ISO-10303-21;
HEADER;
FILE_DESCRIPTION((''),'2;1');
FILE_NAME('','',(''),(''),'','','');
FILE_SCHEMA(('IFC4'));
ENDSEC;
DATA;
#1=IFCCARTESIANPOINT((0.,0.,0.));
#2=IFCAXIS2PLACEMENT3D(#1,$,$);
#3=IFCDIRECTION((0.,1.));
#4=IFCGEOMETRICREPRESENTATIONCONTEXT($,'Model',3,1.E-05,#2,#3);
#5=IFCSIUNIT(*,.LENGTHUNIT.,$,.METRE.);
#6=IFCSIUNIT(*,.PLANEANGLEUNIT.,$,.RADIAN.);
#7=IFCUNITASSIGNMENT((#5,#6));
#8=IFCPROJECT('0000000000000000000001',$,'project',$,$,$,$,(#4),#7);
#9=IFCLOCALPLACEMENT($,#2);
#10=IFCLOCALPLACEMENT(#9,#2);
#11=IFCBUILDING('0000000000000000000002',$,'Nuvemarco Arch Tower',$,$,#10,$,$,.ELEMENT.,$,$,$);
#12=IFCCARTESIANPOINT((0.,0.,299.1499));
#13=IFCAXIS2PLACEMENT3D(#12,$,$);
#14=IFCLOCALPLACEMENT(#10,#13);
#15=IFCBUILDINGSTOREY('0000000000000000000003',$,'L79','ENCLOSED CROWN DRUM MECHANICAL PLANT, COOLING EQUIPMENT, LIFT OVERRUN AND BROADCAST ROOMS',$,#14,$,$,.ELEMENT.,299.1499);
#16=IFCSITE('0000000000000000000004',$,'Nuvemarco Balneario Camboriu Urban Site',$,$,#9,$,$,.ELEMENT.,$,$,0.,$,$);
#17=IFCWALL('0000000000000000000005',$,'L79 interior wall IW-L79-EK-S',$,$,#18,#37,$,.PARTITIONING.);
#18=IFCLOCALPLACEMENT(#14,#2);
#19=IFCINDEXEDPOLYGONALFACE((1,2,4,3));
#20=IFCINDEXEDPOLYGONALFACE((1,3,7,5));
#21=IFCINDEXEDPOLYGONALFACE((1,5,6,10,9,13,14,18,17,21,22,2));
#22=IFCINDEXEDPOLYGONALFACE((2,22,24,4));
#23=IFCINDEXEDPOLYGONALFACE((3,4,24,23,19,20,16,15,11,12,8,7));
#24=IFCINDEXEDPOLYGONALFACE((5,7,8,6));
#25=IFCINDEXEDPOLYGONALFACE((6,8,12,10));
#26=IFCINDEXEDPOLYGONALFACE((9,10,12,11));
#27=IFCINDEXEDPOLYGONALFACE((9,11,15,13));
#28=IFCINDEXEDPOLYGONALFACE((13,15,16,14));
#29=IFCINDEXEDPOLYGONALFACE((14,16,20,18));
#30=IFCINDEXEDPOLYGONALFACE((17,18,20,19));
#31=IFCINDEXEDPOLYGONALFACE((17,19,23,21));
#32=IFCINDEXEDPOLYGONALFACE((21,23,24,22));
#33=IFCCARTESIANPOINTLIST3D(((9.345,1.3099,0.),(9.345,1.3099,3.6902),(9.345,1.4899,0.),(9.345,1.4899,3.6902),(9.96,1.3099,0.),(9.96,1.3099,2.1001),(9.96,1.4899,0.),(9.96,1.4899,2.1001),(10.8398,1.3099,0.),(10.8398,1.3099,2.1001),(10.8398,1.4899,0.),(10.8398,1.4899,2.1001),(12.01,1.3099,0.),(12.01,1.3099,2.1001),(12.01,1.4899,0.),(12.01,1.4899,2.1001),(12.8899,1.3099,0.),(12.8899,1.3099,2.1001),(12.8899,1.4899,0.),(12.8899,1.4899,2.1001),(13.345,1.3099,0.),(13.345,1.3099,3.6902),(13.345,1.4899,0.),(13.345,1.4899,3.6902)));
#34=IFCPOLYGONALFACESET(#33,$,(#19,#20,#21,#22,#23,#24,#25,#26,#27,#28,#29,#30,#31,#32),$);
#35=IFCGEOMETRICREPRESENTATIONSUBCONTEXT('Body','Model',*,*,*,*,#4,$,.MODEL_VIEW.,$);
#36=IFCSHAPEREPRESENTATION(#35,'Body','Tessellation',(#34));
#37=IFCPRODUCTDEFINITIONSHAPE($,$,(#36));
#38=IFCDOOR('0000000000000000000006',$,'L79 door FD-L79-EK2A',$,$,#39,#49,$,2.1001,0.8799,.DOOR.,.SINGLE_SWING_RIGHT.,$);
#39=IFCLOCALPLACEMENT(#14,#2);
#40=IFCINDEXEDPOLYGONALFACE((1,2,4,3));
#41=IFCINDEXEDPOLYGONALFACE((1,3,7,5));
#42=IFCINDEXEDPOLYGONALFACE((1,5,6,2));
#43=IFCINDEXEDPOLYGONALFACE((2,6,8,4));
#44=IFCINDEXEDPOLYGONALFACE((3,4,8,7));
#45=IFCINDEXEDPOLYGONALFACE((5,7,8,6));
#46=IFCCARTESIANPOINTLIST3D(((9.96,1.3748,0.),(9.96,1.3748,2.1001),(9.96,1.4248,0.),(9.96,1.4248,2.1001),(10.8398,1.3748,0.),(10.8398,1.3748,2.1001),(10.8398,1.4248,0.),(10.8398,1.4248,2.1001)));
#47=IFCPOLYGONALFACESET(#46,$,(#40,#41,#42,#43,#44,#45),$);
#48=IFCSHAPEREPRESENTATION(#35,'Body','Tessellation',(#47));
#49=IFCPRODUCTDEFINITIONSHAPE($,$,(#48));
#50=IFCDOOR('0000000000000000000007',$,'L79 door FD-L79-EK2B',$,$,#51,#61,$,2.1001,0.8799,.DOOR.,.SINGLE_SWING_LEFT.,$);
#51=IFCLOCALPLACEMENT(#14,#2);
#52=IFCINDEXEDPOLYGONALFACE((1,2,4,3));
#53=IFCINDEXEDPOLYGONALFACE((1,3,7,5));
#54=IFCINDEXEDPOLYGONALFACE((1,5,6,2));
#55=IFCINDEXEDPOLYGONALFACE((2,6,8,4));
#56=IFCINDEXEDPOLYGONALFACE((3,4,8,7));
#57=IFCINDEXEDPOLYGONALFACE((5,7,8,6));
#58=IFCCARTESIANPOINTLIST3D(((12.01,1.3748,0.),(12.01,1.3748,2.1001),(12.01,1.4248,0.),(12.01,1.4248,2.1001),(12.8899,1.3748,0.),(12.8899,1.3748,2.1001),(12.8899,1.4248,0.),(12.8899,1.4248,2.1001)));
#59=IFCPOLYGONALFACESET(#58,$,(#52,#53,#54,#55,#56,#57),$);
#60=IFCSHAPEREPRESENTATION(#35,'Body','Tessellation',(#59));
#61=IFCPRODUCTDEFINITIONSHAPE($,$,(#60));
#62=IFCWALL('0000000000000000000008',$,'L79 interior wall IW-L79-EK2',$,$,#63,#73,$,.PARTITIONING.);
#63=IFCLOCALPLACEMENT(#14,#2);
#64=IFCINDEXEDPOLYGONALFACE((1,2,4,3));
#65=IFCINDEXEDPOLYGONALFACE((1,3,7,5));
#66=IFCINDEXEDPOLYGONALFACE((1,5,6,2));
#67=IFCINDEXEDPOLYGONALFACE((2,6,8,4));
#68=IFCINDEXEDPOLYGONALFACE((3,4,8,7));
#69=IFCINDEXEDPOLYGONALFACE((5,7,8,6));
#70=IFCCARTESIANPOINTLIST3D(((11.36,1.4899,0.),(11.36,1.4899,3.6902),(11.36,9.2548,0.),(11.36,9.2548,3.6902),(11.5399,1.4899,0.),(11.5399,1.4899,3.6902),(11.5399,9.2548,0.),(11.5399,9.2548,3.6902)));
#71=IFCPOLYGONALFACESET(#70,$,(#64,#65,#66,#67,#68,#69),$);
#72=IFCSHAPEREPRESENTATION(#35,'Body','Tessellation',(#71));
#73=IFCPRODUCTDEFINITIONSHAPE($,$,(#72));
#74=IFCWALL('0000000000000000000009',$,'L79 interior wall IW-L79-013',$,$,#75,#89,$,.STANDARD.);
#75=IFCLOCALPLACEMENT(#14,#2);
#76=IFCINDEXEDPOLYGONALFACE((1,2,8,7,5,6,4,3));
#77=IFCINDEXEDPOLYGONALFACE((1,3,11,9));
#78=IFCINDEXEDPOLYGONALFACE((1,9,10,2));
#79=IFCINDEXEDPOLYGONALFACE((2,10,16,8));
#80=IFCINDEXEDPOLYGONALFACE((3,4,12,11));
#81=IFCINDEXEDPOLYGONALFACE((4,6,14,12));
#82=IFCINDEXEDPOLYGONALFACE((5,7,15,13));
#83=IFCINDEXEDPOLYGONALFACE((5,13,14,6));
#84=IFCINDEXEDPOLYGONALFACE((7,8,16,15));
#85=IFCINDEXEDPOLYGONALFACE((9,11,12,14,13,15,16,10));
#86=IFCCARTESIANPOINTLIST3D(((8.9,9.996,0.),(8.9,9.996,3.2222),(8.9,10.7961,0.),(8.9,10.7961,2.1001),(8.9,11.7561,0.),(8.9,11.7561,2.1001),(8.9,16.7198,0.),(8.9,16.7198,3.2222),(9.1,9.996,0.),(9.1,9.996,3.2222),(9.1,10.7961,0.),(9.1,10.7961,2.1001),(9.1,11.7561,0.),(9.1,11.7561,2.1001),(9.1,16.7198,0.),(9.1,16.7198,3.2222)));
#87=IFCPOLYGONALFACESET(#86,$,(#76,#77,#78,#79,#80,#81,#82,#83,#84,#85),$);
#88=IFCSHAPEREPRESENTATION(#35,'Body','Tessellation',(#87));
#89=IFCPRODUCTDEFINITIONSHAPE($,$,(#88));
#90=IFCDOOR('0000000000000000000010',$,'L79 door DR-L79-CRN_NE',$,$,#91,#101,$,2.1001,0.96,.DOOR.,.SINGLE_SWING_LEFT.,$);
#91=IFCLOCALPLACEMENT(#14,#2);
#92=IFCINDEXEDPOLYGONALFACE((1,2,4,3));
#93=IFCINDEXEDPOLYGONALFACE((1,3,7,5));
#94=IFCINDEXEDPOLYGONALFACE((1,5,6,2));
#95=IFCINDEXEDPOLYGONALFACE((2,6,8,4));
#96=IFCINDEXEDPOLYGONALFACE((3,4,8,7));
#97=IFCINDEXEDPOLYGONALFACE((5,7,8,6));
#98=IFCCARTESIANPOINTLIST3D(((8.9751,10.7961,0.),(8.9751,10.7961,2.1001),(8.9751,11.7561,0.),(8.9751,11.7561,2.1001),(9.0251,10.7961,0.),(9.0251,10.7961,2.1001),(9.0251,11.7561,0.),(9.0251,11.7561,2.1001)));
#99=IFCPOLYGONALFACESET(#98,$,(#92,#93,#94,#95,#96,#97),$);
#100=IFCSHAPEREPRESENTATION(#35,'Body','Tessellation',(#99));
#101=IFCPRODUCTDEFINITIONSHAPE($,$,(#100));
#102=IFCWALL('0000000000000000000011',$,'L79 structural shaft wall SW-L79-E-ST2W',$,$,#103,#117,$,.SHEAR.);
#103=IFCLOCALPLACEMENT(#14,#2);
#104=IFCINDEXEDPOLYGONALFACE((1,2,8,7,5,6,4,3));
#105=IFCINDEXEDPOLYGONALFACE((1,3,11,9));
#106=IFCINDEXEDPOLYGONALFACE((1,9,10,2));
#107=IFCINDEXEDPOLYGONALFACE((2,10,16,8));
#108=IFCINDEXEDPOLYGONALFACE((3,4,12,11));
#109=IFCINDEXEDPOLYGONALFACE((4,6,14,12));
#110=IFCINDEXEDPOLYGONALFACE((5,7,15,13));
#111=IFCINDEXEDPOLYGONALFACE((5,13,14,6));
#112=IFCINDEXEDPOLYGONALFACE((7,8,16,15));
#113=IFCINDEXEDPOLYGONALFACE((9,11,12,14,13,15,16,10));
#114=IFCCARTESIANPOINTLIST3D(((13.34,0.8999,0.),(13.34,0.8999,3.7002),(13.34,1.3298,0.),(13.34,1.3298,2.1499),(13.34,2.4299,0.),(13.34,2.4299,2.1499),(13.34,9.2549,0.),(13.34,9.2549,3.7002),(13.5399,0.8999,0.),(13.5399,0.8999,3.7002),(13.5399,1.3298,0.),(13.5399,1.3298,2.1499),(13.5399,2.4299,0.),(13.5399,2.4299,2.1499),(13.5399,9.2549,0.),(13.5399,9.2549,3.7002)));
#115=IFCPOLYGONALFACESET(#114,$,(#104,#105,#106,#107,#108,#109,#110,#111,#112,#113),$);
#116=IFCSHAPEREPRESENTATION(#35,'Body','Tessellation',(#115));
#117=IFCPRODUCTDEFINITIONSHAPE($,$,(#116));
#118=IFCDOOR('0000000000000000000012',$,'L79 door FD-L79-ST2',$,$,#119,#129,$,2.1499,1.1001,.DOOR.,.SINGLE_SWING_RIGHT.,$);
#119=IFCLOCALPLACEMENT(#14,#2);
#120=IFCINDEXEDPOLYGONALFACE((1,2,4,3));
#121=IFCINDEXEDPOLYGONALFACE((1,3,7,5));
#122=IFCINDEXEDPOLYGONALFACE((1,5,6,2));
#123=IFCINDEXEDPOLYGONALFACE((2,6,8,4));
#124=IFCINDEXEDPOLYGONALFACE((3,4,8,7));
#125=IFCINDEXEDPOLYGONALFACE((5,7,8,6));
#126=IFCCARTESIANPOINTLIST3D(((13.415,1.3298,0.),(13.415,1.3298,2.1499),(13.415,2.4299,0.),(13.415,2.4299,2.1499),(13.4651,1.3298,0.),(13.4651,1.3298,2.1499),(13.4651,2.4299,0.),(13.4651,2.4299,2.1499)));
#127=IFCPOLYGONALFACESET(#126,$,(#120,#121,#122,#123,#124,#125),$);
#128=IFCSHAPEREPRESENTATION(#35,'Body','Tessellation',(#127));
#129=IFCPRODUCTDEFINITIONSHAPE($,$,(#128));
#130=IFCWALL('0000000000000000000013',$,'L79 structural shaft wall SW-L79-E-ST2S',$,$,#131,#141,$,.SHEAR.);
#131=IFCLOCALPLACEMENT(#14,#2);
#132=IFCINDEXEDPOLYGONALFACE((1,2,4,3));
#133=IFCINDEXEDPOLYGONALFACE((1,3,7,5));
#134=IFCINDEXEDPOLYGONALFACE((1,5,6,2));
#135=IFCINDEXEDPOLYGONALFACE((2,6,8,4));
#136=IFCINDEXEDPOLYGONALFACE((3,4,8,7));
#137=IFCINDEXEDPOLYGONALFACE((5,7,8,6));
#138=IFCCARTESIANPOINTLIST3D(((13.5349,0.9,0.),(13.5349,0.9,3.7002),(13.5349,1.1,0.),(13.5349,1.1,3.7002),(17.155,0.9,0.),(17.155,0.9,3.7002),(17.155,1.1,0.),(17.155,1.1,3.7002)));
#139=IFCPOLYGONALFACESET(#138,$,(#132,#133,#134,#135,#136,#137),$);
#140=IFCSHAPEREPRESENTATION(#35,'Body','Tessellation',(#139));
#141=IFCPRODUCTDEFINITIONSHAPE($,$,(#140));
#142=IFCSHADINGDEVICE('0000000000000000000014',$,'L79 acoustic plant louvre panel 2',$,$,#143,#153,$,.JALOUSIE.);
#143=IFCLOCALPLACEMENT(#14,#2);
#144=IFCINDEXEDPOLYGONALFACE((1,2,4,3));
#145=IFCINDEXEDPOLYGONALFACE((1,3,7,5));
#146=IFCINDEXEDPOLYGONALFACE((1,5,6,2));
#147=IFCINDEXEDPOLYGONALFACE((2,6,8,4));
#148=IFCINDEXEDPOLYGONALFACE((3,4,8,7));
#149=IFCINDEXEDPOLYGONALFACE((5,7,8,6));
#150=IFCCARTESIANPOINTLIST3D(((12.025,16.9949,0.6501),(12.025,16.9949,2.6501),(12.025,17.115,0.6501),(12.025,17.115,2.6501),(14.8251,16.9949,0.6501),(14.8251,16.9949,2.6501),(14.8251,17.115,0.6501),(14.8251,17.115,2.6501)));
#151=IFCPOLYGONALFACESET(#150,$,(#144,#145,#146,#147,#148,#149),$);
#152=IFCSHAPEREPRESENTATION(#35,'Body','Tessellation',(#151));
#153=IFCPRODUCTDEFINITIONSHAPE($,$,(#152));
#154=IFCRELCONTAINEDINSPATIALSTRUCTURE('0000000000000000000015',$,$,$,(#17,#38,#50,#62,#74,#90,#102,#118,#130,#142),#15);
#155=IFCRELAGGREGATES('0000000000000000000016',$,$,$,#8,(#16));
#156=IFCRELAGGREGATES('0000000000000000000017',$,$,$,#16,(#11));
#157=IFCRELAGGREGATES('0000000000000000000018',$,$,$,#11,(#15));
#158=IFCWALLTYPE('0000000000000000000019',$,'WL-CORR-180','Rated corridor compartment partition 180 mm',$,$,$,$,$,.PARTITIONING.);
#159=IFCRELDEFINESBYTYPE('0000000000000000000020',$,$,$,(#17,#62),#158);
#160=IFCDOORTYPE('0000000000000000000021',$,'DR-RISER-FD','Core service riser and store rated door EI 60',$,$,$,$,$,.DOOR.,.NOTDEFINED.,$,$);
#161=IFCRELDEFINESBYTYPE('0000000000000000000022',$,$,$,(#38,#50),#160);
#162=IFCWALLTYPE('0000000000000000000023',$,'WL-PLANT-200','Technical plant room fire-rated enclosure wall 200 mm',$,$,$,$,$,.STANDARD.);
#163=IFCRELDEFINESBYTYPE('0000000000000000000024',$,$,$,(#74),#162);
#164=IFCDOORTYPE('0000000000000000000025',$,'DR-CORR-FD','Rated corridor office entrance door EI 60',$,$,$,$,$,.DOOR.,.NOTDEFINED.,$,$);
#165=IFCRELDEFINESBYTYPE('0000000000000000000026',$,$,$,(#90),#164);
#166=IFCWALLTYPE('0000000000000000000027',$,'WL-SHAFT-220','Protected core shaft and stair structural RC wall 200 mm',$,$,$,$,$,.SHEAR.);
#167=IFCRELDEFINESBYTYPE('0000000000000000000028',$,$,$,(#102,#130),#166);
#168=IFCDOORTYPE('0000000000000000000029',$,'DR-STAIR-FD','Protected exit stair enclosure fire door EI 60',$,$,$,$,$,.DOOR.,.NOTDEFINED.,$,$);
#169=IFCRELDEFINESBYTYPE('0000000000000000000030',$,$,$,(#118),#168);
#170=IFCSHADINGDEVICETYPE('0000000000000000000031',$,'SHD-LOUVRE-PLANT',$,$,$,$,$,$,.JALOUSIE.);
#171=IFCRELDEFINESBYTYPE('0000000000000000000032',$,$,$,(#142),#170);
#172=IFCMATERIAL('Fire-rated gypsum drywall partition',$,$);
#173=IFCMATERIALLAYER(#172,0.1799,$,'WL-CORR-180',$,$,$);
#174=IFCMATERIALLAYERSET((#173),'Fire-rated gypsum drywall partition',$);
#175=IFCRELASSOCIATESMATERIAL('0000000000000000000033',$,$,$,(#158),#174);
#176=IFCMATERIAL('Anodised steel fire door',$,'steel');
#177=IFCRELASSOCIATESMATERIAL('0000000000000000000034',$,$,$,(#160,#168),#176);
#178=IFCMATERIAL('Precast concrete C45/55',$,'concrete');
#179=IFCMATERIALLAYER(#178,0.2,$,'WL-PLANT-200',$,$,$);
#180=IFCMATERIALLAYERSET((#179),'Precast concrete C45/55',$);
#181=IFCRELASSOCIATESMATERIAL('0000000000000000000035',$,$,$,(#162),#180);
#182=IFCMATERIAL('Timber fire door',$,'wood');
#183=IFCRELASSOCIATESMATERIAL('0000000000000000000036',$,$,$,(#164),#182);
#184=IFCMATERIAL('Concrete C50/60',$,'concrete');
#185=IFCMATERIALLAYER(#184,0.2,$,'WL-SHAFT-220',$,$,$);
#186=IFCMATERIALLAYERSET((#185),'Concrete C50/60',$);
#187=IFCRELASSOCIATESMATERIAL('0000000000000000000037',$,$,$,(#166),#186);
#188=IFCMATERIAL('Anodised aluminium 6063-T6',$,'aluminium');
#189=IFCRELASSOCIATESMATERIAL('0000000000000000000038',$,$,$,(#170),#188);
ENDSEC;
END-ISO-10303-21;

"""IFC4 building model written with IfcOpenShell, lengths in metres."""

from ifc_helpers import new_model, si_unit, direction, frame, frame_2d, origin, origin_2d, place, context, subcontext, project, spatial, rectangle, extrude, source, transform, mapped, material, layer, layer_set, type_object, type_shapes, element, fill, save


model = new_model("IFC4")

# Units and contexts
model_context = context("Model", 3, precision=1e-05, world=origin(), true_north=direction((0.0, 1.0)))
body_context = subcontext(model_context, "Body", "Model", "MODEL_VIEW")
ifc_project = project(units=[si_unit("LENGTHUNIT", "METRE"), si_unit("PLANEANGLEUNIT", "RADIAN")], contexts=[model_context])

# Site, building, storey
site_placement = place(None, origin())
site = spatial("IfcSite", under=ifc_project, at=site_placement, Name="Nuvemarco Balneario Camboriu Urban Site", CompositionType="ELEMENT", RefElevation=0.0)
building_placement = place(site_placement, origin())
building = spatial("IfcBuilding", under=site, at=building_placement, Name="Nuvemarco Arch Tower", CompositionType="ELEMENT")
storey_placement = place(building_placement, frame((0.0, 0.0, 299.1499)))
storey = spatial("IfcBuildingStorey", under=building, at=storey_placement, Name="L79", Description="ENCLOSED CROWN DRUM MECHANICAL PLANT, COOLING EQUIPMENT, LIFT OVERRUN AND BROADCAST ROOMS", CompositionType="ELEMENT", Elevation=299.1499)

# Shared definitions
ifc_material_1 = material(Name="Concrete C50/60", Category="concrete")

# Wall, openings, doors
ifc_material_2 = material(Name="Fire-rated gypsum drywall partition")
ifc_layer_1 = layer(ifc_material_2, 0.1799, Name="WL-CORR-180")
ifc_layer_set_1 = layer_set([ifc_layer_1], Name="Fire-rated gypsum drywall partition")
wall_type_1 = type_object("IfcWallType", Name="WL-CORR-180", Description="Rated corridor compartment partition 180 mm", PredefinedType="PARTITIONING", material=ifc_layer_set_1)
wall_1_placement = place(storey_placement, frame((9.345, 1.3999, 0.0), z_axis=(0.0, 0.0, 1.0), x_axis=(1.0, 0.0, 0.0)))
wall_1 = element("IfcWall", 1, at=wall_1_placement, inside=storey, type_object=wall_type_1, Name="L79 interior wall IW-L79-EK-S", PredefinedType="PARTITIONING", context=body_context, shape_type="SweptSolid", body=[
    extrude(rectangle(XDim=4.0, YDim=0.1799, at=frame_2d((2.0, 0.0))), origin(), (0.0, 0.0, 1.0), 3.6902),
])
opening_1_placement = place(wall_1_placement, frame((0.615, 0.0, 0.0)))
opening_1 = element("IfcOpeningElement", 2, at=opening_1_placement, cuts=wall_1, PredefinedType="OPENING", context=body_context, shape_type="SweptSolid", body=[
    extrude(rectangle(XDim=0.8799, YDim=2.1001, at=frame_2d((0.4399, 1.05))), frame((0.0, 0.0999, 0.0), z_axis=(0.0, -1.0, 0.0), x_axis=(1.0, 0.0, 0.0)), (0.0, 0.0, 1.0), 0.2),
])
opening_2_placement = place(wall_1_placement, frame((2.665, 0.0, 0.0)))
opening_2 = element("IfcOpeningElement", 3, at=opening_2_placement, cuts=wall_1, PredefinedType="OPENING", context=body_context, shape_type="SweptSolid", body=[
    extrude(rectangle(XDim=0.8799, YDim=2.1001, at=frame_2d((0.4399, 1.05))), frame((0.0, 0.0999, 0.0), z_axis=(0.0, -1.0, 0.0), x_axis=(1.0, 0.0, 0.0)), (0.0, 0.0, 1.0), 0.2),
])
ifc_material_3 = material(Name="Anodised steel fire door", Category="steel")
door_type_1 = type_object("IfcDoorType", Name="DR-RISER-FD", Description="Core service riser and store rated door EI 60", OperationType="NOTDEFINED", PredefinedType="DOOR", material=ifc_material_3)
shared_shape_1 = source(origin(), body_context, "Body", "SweptSolid", [
    extrude(rectangle(XDim=0.8799, YDim=2.1001, at=frame_2d((0.4399, 1.05))), frame((0.0, 0.0249, 0.0), z_axis=(0.0, -1.0, 0.0), x_axis=(1.0, 0.0, 0.0)), (0.0, 0.0, 1.0), 0.05),
])
type_shapes(door_type_1, [shared_shape_1])
door_1_placement = place(opening_1_placement, origin())
door_1 = element("IfcDoor", 4, at=door_1_placement, inside=storey, type_object=door_type_1, Name="L79 door FD-L79-EK2A", OperationType="SINGLE_SWING_RIGHT", OverallHeight=2.1001, OverallWidth=0.8799, PredefinedType="DOOR", context=body_context, shape_type="MappedRepresentation", body=[
    mapped(shared_shape_1, transform((0.0, 0.0, 0.0), scale=1.0)),
])
fill(opening_1, door_1)
door_2_placement = place(opening_2_placement, origin())
door_2 = element("IfcDoor", 5, at=door_2_placement, inside=storey, type_object=door_type_1, Name="L79 door FD-L79-EK2B", OperationType="SINGLE_SWING_LEFT", OverallHeight=2.1001, OverallWidth=0.8799, PredefinedType="DOOR", context=body_context, shape_type="MappedRepresentation", body=[
    mapped(shared_shape_1, transform((0.0, 0.0, 0.0), scale=1.0)),
])
fill(opening_2, door_2)

# Wall
wall_2_placement = place(storey_placement, frame((11.45, 1.49, 0.0), z_axis=(0.0, 0.0, 1.0), x_axis=(0.0, 1.0, 0.0)))
element("IfcWall", 6, at=wall_2_placement, inside=storey, type_object=wall_type_1, Name="L79 interior wall IW-L79-EK2", PredefinedType="PARTITIONING", context=body_context, shape_type="SweptSolid", body=[
    extrude(rectangle(XDim=7.7649, YDim=0.1799, at=frame_2d((3.8823, 0.0))), origin(), (0.0, 0.0, 1.0), 3.6902),
])

# Walls, openings, doors
ifc_material_4 = material(Name="Precast concrete C45/55", Category="concrete")
ifc_layer_2 = layer(ifc_material_4, 0.2, Name="WL-PLANT-200")
ifc_layer_set_2 = layer_set([ifc_layer_2], Name="Precast concrete C45/55")
wall_type_2 = type_object("IfcWallType", Name="WL-PLANT-200", Description="Technical plant room fire-rated enclosure wall 200 mm", PredefinedType="STANDARD", material=ifc_layer_set_2)
wall_3_placement = place(storey_placement, frame((9.0, 9.9961, 0.0), z_axis=(0.0, 0.0, 1.0), x_axis=(0.0, 1.0, 0.0)))
wall_3 = element("IfcWall", 7, at=wall_3_placement, inside=storey, type_object=wall_type_2, Name="L79 interior wall IW-L79-013", PredefinedType="STANDARD", context=body_context, shape_type="SweptSolid", body=[
    extrude(rectangle(XDim=6.7239, YDim=0.2, at=frame_2d((3.3618, 0.0))), origin(), (0.0, 0.0, 1.0), 3.2222),
])
opening_3_placement = place(wall_3_placement, frame((0.8, 0.0, 0.0)))
opening_3 = element("IfcOpeningElement", 8, at=opening_3_placement, cuts=wall_3, PredefinedType="OPENING", context=body_context, shape_type="SweptSolid", body=[
    extrude(rectangle(XDim=0.96, YDim=2.1001, at=frame_2d((0.48, 1.05))), frame((0.0, 0.1099, 0.0), z_axis=(0.0, -1.0, 0.0), x_axis=(1.0, 0.0, 0.0)), (0.0, 0.0, 1.0), 0.22),
])
ifc_material_5 = material(Name="Timber fire door", Category="wood")
door_type_2 = type_object("IfcDoorType", Name="DR-CORR-FD", Description="Rated corridor office entrance door EI 60", OperationType="NOTDEFINED", PredefinedType="DOOR", material=ifc_material_5)
shared_shape_2 = source(origin(), body_context, "Body", "SweptSolid", [
    extrude(rectangle(XDim=0.96, YDim=2.1001, at=frame_2d((0.48, 1.05))), frame((0.0, 0.0249, 0.0), z_axis=(0.0, -1.0, 0.0), x_axis=(1.0, 0.0, 0.0)), (0.0, 0.0, 1.0), 0.05),
])
type_shapes(door_type_2, [shared_shape_2])
door_3_placement = place(opening_3_placement, origin())
door_3 = element("IfcDoor", 9, at=door_3_placement, inside=storey, type_object=door_type_2, Name="L79 door DR-L79-CRN_NE", OperationType="SINGLE_SWING_LEFT", OverallHeight=2.1001, OverallWidth=0.96, PredefinedType="DOOR", context=body_context, shape_type="MappedRepresentation", body=[
    mapped(shared_shape_2, transform((0.0, 0.0, 0.0), scale=1.0)),
])
fill(opening_3, door_3)
ifc_layer_3 = layer(ifc_material_1, 0.2, Name="WL-SHAFT-220")
ifc_layer_set_3 = layer_set([ifc_layer_3], Name="Concrete C50/60")
wall_type_3 = type_object("IfcWallType", Name="WL-SHAFT-220", Description="Protected core shaft and stair structural RC wall 200 mm", PredefinedType="SHEAR", material=ifc_layer_set_3)
wall_4_placement = place(storey_placement, frame((13.4399, 0.8999, 0.0), z_axis=(0.0, 0.0, 1.0), x_axis=(0.0, 1.0, 0.0)))
wall_4 = element("IfcWall", 10, at=wall_4_placement, inside=storey, type_object=wall_type_3, Name="L79 structural shaft wall SW-L79-E-ST2W", PredefinedType="SHEAR", context=body_context, shape_type="SweptSolid", body=[
    extrude(rectangle(XDim=8.355, YDim=0.2, at=frame_2d((4.1775, 0.0))), origin(), (0.0, 0.0, 1.0), 3.7002),
])
opening_4_placement = place(wall_4_placement, frame((0.4299, 0.0, 0.0)))
opening_4 = element("IfcOpeningElement", 11, at=opening_4_placement, cuts=wall_4, PredefinedType="OPENING", context=body_context, shape_type="SweptSolid", body=[
    extrude(rectangle(XDim=1.1001, YDim=2.1499, at=frame_2d((0.55, 1.075))), frame((0.0, 0.1099, 0.0), z_axis=(0.0, -1.0, 0.0), x_axis=(1.0, 0.0, 0.0)), (0.0, 0.0, 1.0), 0.22),
])
door_type_3 = type_object("IfcDoorType", Name="DR-STAIR-FD", Description="Protected exit stair enclosure fire door EI 60", OperationType="NOTDEFINED", PredefinedType="DOOR", material=ifc_material_3)
shared_shape_3 = source(origin(), body_context, "Body", "SweptSolid", [
    extrude(rectangle(XDim=1.1001, YDim=2.1499, at=frame_2d((0.55, 1.075))), frame((0.0, 0.0249, 0.0), z_axis=(0.0, -1.0, 0.0), x_axis=(1.0, 0.0, 0.0)), (0.0, 0.0, 1.0), 0.05),
])
type_shapes(door_type_3, [shared_shape_3])
door_4_placement = place(opening_4_placement, origin())
door_4 = element("IfcDoor", 12, at=door_4_placement, inside=storey, type_object=door_type_3, Name="L79 door FD-L79-ST2", OperationType="SINGLE_SWING_RIGHT", OverallHeight=2.1499, OverallWidth=1.1001, PredefinedType="DOOR", context=body_context, shape_type="MappedRepresentation", body=[
    mapped(shared_shape_3, transform((0.0, 0.0, 0.0), scale=1.0)),
])
fill(opening_4, door_4)

# Wall
wall_5_placement = place(storey_placement, frame((13.5349, 1.0, 0.0), z_axis=(0.0, 0.0, 1.0), x_axis=(1.0, 0.0, 0.0)))
element("IfcWall", 13, at=wall_5_placement, inside=storey, type_object=wall_type_3, Name="L79 structural shaft wall SW-L79-E-ST2S", PredefinedType="SHEAR", context=body_context, shape_type="SweptSolid", body=[
    extrude(rectangle(XDim=3.6201, YDim=0.2, at=frame_2d((1.8101, 0.0))), origin(), (0.0, 0.0, 1.0), 3.7002),
])

# Shading device
ifc_material_6 = material(Name="Anodised aluminium 6063-T6", Category="aluminium")
shading_device_type = type_object("IfcShadingDeviceType", Name="SHD-LOUVRE-PLANT", PredefinedType="JALOUSIE", material=ifc_material_6)
shared_shape_4 = source(origin(), body_context, "Body", "SweptSolid", [
    extrude(rectangle(XDim=2.8, YDim=0.1201, at=origin_2d()), origin(), (0.0, 0.0, 1.0), 2.0),
])
type_shapes(shading_device_type, [shared_shape_4])
shading_device_placement = place(storey_placement, frame((13.425, 17.0549, 0.6501), z_axis=(0.0, 0.0, 1.0), x_axis=(1.0, 0.0, 0.0)))
element("IfcShadingDevice", 14, at=shading_device_placement, inside=storey, type_object=shading_device_type, Name="L79 acoustic plant louvre panel 2", PredefinedType="JALOUSIE", context=body_context, shape_type="MappedRepresentation", body=[
    mapped(shared_shape_4, transform((0.0, 0.0, 0.0), scale=1.0)),
])

save(model, "model.ifc")
